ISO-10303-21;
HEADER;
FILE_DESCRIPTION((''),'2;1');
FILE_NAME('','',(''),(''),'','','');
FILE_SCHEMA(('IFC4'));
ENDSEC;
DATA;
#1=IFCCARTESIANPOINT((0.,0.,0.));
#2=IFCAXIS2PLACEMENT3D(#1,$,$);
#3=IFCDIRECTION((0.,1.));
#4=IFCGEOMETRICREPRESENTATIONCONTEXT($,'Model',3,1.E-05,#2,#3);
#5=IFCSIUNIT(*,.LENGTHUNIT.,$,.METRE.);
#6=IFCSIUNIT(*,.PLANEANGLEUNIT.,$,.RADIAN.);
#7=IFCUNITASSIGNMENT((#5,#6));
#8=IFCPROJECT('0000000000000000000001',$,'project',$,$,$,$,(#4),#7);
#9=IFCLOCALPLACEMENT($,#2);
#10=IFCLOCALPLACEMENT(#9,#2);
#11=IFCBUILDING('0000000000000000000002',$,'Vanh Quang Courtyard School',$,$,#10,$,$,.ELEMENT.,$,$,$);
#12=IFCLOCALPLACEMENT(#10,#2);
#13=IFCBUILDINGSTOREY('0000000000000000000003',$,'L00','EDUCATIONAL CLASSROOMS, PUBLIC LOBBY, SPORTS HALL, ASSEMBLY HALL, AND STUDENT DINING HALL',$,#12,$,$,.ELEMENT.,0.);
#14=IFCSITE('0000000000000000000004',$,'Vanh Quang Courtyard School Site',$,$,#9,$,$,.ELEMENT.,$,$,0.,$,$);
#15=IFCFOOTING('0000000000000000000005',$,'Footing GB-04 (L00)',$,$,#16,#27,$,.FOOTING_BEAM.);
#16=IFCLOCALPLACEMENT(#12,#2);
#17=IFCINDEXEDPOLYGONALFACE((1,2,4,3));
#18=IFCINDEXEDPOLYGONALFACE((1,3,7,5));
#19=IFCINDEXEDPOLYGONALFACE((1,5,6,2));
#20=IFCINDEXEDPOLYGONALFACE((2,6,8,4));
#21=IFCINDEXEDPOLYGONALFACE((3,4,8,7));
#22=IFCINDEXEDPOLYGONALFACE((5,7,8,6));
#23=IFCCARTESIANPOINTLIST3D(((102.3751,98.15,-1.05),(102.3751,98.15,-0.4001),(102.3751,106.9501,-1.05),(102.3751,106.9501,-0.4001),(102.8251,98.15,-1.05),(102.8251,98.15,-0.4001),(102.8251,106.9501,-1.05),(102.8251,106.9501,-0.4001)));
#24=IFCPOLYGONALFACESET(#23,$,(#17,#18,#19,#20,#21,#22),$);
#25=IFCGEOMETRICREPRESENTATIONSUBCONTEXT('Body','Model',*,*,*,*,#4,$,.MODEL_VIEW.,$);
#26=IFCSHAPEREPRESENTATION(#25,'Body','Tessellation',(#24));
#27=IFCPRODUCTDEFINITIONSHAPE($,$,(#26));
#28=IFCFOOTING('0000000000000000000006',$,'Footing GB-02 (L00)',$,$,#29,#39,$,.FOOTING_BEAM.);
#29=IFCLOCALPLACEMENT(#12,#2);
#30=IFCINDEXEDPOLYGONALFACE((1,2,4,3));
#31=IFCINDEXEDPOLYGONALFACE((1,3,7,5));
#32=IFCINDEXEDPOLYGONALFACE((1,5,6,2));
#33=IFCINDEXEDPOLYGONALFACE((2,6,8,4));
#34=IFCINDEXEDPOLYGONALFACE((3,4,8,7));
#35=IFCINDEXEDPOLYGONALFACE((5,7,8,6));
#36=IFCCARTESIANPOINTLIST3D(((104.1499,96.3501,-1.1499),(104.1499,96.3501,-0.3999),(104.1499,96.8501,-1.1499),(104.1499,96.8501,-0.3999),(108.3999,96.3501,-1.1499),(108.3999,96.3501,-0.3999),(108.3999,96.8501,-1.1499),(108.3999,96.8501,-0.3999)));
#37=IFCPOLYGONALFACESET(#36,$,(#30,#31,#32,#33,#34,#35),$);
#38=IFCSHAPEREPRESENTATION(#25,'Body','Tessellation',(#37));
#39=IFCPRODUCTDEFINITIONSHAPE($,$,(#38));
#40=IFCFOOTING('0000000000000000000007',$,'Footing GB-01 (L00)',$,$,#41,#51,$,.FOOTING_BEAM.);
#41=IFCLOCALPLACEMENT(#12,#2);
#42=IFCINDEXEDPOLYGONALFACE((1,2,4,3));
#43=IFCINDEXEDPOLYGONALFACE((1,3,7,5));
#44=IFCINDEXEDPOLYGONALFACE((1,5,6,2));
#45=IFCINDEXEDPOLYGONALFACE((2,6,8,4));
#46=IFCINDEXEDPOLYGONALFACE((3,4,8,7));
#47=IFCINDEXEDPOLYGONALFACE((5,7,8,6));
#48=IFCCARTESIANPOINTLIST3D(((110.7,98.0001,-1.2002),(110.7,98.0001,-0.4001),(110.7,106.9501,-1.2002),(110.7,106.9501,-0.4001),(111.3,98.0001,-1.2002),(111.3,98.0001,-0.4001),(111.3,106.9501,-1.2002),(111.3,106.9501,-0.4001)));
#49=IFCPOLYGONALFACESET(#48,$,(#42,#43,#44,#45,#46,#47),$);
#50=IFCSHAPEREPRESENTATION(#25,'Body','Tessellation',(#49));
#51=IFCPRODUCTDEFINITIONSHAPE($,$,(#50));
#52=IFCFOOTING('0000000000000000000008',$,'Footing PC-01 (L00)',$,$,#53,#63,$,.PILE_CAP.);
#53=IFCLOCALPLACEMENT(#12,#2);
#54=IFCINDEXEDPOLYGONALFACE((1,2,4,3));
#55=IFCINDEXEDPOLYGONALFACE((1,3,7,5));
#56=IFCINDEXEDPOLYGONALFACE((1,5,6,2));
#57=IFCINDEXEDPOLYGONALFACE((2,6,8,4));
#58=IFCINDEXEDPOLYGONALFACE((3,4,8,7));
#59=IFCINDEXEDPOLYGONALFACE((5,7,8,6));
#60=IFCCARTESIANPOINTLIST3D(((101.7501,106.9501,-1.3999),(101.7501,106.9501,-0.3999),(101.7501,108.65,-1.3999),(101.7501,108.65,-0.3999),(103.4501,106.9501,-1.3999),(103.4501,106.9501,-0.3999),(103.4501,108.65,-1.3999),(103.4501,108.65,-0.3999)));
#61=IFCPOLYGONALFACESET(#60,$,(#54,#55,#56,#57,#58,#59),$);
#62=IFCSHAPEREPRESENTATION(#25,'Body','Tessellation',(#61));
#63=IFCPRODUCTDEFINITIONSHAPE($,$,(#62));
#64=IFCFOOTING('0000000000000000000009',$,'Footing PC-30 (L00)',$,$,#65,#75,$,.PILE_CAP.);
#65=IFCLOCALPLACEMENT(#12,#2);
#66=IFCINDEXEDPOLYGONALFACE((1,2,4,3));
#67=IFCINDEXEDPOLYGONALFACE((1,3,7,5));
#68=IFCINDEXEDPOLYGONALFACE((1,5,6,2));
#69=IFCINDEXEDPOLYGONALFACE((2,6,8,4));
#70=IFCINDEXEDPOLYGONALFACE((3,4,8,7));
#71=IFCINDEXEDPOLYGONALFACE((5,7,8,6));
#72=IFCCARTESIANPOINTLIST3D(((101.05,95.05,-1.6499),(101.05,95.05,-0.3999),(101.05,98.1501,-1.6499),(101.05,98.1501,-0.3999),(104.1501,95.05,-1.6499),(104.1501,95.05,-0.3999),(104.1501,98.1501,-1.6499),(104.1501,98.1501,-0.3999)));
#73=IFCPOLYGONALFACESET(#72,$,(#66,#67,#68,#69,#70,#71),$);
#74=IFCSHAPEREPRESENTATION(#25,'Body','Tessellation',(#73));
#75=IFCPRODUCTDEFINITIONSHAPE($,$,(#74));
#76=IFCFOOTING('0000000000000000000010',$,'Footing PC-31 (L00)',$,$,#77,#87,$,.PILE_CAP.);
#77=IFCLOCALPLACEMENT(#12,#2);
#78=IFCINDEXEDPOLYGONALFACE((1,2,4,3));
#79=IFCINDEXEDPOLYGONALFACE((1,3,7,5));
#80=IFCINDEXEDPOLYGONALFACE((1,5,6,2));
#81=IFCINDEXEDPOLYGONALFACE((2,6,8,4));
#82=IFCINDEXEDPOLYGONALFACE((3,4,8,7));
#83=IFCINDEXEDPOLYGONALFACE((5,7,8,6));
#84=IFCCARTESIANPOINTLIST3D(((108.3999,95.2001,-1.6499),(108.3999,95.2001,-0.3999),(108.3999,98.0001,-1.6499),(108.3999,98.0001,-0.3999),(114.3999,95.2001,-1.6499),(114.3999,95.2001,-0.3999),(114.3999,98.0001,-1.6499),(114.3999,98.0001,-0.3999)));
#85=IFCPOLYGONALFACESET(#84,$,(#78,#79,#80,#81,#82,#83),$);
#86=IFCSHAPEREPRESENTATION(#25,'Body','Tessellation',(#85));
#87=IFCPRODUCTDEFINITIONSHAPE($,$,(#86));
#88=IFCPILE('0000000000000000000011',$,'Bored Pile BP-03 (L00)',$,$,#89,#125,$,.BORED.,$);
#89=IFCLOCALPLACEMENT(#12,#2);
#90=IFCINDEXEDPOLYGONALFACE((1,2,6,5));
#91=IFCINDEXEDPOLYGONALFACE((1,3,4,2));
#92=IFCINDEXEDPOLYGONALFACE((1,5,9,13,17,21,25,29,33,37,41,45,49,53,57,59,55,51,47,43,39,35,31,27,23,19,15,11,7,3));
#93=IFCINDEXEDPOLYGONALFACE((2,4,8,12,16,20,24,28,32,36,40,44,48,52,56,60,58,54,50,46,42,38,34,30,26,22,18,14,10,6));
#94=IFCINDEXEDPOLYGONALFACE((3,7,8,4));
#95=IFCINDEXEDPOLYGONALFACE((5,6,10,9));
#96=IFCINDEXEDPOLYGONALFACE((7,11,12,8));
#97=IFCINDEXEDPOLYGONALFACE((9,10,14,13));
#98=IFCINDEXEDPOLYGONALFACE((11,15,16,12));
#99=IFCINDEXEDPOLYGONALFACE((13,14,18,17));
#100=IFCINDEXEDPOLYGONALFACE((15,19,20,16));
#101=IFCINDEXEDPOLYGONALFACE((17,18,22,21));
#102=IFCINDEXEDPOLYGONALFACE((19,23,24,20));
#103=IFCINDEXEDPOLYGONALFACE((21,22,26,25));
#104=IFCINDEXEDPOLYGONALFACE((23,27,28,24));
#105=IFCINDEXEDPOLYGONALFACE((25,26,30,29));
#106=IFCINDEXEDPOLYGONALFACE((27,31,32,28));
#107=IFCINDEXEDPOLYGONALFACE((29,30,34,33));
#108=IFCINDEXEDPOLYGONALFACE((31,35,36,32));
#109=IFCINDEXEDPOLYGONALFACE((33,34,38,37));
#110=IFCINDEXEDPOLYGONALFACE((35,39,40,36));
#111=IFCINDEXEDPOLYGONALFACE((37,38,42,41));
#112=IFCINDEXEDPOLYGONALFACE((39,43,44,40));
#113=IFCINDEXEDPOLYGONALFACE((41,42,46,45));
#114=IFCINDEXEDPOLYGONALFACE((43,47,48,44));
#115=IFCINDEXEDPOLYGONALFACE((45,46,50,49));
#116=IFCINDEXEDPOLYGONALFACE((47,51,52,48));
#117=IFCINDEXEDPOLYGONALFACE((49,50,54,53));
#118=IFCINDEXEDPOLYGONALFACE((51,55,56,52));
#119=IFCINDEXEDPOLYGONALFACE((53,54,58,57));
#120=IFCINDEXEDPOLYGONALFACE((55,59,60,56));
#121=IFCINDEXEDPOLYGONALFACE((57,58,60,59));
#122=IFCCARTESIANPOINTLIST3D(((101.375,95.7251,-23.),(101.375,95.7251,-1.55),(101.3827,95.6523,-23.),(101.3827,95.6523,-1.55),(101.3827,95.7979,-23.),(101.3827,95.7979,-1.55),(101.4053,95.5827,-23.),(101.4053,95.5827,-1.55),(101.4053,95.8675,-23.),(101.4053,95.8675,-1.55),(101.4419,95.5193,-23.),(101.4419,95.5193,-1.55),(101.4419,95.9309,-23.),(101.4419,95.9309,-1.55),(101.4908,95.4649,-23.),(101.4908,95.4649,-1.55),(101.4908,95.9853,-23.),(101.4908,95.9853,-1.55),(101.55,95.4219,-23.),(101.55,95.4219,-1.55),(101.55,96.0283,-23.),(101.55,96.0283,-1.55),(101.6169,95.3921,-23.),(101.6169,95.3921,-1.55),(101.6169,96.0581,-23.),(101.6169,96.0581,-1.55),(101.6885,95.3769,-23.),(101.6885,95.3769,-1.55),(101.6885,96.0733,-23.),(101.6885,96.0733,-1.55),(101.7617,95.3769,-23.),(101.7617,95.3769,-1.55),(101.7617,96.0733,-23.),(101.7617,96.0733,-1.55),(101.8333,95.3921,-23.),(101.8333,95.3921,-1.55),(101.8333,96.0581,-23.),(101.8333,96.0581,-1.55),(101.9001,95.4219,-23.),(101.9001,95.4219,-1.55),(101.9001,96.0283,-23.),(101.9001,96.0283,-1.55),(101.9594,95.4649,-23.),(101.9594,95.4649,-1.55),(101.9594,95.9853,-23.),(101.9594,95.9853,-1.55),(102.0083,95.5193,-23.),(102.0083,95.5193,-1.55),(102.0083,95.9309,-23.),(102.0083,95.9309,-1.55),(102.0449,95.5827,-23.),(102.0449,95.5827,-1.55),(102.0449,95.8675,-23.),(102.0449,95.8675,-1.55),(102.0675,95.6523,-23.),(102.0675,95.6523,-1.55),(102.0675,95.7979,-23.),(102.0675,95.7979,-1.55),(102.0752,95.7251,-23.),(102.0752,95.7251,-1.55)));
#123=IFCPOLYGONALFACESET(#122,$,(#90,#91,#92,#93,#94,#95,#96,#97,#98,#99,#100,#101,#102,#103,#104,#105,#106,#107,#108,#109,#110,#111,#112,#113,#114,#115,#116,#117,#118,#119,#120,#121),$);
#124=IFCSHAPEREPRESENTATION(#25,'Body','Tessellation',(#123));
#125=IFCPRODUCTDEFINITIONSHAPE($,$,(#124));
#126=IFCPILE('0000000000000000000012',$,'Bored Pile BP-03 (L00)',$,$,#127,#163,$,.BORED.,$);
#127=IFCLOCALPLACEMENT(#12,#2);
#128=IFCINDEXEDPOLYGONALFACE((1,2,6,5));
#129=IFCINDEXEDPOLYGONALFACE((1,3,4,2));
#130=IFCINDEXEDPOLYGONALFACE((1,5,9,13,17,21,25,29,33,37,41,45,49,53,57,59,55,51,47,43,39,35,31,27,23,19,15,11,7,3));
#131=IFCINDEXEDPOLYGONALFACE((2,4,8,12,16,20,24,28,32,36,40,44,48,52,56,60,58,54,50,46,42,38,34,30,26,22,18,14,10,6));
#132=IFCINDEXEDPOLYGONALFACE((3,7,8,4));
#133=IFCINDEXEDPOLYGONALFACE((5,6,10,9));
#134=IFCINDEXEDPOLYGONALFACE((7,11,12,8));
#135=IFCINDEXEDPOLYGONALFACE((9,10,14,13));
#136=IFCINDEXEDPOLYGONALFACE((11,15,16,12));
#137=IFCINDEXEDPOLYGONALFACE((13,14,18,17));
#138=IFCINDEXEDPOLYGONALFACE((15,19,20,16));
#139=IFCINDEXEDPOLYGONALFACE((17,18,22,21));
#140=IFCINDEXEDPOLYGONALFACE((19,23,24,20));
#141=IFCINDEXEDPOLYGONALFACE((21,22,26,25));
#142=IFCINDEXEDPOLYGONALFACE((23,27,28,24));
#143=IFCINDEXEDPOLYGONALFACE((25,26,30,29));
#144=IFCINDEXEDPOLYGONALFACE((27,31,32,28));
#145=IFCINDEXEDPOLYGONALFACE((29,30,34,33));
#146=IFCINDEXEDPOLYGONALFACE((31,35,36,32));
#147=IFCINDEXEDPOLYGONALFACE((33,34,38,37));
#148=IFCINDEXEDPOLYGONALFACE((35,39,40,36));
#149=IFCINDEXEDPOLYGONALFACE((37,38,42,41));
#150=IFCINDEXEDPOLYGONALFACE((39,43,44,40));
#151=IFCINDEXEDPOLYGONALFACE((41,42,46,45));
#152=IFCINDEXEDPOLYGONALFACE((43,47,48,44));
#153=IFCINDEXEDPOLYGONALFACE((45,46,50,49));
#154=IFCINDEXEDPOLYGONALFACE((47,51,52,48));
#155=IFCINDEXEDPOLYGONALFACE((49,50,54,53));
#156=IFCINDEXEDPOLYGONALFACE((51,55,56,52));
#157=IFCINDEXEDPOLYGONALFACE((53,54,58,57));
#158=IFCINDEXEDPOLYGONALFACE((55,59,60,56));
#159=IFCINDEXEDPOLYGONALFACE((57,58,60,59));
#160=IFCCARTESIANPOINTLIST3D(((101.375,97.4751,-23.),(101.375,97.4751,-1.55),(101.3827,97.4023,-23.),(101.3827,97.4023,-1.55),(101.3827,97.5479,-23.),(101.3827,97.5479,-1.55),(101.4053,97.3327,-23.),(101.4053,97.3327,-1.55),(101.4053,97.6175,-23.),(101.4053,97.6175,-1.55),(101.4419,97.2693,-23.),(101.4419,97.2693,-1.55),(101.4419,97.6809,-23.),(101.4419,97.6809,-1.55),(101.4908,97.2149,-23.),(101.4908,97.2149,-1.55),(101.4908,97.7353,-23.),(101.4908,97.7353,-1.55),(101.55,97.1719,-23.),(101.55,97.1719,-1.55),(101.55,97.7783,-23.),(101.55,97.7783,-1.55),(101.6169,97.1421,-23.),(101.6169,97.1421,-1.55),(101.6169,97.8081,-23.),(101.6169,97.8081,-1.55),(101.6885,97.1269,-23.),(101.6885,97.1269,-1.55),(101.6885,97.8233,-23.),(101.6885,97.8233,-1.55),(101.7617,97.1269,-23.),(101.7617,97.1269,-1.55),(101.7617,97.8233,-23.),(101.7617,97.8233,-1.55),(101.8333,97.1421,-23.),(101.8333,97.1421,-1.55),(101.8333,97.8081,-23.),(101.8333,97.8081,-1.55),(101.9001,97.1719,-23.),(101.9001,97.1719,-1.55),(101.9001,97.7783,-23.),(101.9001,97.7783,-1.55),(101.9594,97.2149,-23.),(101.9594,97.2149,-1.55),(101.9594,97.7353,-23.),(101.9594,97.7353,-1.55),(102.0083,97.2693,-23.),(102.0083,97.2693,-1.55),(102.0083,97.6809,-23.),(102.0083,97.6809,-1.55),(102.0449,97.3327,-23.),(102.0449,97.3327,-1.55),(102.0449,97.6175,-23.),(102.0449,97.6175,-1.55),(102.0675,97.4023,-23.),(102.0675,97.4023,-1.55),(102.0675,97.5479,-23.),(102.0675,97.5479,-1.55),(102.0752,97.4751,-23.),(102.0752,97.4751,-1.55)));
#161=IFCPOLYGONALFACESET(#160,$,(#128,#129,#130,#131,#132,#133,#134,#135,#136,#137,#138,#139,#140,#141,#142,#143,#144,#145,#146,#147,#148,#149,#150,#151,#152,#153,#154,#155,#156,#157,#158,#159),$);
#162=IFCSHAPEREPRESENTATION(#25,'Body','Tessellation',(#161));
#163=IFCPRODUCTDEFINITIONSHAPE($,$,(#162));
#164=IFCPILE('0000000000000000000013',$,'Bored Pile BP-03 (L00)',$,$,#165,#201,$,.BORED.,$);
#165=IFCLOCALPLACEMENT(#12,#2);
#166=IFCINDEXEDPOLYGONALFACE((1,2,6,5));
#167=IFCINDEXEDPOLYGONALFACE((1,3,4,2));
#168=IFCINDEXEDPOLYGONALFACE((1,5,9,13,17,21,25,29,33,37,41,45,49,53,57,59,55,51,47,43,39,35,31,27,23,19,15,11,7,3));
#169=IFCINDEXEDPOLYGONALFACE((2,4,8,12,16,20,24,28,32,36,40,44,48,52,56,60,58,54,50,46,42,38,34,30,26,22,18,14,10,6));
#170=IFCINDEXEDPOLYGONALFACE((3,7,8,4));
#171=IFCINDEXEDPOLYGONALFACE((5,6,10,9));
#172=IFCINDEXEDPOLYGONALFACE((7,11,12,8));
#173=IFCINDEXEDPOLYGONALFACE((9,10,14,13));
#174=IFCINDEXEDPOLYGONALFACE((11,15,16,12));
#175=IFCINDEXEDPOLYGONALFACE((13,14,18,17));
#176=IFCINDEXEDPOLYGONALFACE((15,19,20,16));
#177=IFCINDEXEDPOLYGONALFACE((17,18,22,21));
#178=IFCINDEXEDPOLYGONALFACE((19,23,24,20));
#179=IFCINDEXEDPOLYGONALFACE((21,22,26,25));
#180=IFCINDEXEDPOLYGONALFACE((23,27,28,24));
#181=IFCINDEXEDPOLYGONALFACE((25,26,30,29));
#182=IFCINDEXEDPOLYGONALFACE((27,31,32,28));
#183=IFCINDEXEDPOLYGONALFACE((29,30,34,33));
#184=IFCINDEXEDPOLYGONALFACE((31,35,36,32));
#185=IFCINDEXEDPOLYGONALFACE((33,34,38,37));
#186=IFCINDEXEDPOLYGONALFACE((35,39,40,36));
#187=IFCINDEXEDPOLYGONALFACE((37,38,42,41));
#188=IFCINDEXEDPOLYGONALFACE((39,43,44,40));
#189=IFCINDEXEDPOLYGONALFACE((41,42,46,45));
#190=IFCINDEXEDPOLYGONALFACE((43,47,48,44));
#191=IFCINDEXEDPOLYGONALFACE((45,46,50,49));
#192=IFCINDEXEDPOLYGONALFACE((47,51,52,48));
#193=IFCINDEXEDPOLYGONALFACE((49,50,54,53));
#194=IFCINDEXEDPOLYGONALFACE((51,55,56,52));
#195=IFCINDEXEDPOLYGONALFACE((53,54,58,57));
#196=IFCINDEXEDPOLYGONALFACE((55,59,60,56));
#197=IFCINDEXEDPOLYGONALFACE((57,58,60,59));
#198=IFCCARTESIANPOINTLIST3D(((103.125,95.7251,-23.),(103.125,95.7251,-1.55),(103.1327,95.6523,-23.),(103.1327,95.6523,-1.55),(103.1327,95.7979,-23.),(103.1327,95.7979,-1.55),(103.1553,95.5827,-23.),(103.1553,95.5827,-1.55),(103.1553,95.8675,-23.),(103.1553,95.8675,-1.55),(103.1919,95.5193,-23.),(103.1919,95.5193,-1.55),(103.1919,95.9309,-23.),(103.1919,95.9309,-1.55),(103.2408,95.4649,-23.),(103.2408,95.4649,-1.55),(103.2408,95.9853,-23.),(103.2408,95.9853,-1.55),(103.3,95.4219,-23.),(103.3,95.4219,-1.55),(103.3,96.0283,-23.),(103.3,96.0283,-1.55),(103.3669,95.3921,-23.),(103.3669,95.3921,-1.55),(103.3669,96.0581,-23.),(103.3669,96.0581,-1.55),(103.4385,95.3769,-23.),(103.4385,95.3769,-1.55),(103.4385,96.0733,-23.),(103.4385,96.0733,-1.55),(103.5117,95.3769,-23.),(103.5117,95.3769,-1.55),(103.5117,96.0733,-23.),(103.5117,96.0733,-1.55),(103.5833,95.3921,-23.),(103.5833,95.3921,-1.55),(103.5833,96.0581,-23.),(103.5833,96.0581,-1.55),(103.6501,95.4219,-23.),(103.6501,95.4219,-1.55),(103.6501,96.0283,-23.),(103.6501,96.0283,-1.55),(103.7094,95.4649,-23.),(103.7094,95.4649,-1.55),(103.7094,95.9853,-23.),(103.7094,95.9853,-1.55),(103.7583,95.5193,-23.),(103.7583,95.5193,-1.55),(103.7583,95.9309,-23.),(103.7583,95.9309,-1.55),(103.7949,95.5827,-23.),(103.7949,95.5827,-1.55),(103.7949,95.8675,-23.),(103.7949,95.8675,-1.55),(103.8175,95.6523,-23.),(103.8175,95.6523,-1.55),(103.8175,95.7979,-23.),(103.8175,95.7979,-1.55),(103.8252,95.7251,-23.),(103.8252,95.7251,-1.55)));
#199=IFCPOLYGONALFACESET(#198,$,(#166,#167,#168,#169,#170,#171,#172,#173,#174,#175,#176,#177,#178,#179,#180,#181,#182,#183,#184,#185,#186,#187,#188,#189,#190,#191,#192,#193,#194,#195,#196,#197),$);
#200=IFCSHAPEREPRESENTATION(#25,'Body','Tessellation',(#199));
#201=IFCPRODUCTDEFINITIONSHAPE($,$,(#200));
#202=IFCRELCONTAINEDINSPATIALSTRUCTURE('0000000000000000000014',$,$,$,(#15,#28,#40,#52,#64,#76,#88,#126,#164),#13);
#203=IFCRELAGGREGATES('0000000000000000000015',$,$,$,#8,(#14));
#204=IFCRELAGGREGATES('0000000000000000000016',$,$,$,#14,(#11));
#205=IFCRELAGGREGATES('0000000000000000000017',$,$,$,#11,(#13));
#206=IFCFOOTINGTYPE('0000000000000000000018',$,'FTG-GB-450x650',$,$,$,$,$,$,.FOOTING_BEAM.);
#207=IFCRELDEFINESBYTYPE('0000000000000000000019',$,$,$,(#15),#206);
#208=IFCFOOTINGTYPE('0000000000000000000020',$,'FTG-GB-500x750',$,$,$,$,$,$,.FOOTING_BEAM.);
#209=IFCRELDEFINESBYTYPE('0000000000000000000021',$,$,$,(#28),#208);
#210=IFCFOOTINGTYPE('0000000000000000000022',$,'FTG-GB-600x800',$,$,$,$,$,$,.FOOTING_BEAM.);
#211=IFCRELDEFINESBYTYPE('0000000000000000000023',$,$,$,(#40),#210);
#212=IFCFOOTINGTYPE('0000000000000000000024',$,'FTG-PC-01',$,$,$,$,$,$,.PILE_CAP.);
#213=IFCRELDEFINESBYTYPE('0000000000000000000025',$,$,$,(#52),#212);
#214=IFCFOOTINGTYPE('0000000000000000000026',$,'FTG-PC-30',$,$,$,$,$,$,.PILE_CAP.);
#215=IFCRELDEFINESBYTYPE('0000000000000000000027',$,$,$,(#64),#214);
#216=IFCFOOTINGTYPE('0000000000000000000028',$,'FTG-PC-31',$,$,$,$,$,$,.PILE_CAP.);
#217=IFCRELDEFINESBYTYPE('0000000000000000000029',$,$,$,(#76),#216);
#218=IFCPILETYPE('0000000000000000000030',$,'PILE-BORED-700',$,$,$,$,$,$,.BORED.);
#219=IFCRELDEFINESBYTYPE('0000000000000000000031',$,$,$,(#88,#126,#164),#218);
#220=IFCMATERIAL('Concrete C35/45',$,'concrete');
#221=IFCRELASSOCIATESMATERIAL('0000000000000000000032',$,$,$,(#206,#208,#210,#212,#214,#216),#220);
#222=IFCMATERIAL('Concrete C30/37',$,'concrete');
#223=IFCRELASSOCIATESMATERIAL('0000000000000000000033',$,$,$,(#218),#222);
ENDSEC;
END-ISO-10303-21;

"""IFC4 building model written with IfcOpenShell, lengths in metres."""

from ifc_helpers import new_model, si_unit, direction, frame, origin, origin_2d, place, context, subcontext, project, spatial, rectangle, circle, extrude, material, material_profile, profile_set, type_object, element, save


model = new_model("IFC4")

# Units and contexts
model_context = context("Model", 3, precision=1e-05, world=origin(), true_north=direction((0.0, 1.0)))
body_context = subcontext(model_context, "Body", "Model", "MODEL_VIEW")
ifc_project = project(units=[si_unit("LENGTHUNIT", "METRE"), si_unit("PLANEANGLEUNIT", "RADIAN")], contexts=[model_context])

# Site, building, storey
site_placement = place(None, origin())
site = spatial("IfcSite", under=ifc_project, at=site_placement, Name="Vanh Quang Courtyard School Site", CompositionType="ELEMENT", RefElevation=0.0)
building_placement = place(site_placement, origin())
building = spatial("IfcBuilding", under=site, at=building_placement, Name="Vanh Quang Courtyard School", CompositionType="ELEMENT")
storey_placement = place(building_placement, origin())
storey = spatial("IfcBuildingStorey", under=building, at=storey_placement, Name="L00", Description="EDUCATIONAL CLASSROOMS, PUBLIC LOBBY, SPORTS HALL, ASSEMBLY HALL, AND STUDENT DINING HALL", CompositionType="ELEMENT", Elevation=0.0)

# Footings
ifc_material_1 = material(Name="Concrete C35/45", Category="concrete")
footing_type_1 = type_object("IfcFootingType", Name="FTG-GB-450x650", PredefinedType="FOOTING_BEAM", material=ifc_material_1)
footing_1_placement = place(storey_placement, frame((102.6001, 102.55, -1.05), z_axis=(0.0, 0.0, 1.0), x_axis=(0.0, 1.0, 0.0)))
element("IfcFooting", 1, at=footing_1_placement, inside=storey, type_object=footing_type_1, Name="Footing GB-04 (L00)", PredefinedType="FOOTING_BEAM", context=body_context, shape_type="SweptSolid", body=[
    extrude(rectangle(XDim=8.8, YDim=0.45, at=origin_2d()), origin(), (0.0, 0.0, 1.0), 0.6499),
])
footing_type_2 = type_object("IfcFootingType", Name="FTG-GB-500x750", PredefinedType="FOOTING_BEAM", material=ifc_material_1)
footing_2_placement = place(storey_placement, frame((106.2749, 96.6001, -1.1499), z_axis=(0.0, 0.0, 1.0), x_axis=(1.0, 0.0, 0.0)))
element("IfcFooting", 2, at=footing_2_placement, inside=storey, type_object=footing_type_2, Name="Footing GB-02 (L00)", PredefinedType="FOOTING_BEAM", context=body_context, shape_type="SweptSolid", body=[
    extrude(rectangle(XDim=4.25, YDim=0.5, at=origin_2d()), origin(), (0.0, 0.0, 1.0), 0.75),
])
footing_type_3 = type_object("IfcFootingType", Name="FTG-GB-600x800", PredefinedType="FOOTING_BEAM", material=ifc_material_1)
footing_3_placement = place(storey_placement, frame((111.0, 102.4751, -1.2002), z_axis=(0.0, 0.0, 1.0), x_axis=(0.0, 1.0, 0.0)))
element("IfcFooting", 3, at=footing_3_placement, inside=storey, type_object=footing_type_3, Name="Footing GB-01 (L00)", PredefinedType="FOOTING_BEAM", context=body_context, shape_type="SweptSolid", body=[
    extrude(rectangle(XDim=8.95, YDim=0.6001, at=origin_2d()), origin(), (0.0, 0.0, 1.0), 0.8),
])
footing_type_4 = type_object("IfcFootingType", Name="FTG-PC-01", PredefinedType="PILE_CAP", material=ifc_material_1)
footing_4_placement = place(storey_placement, frame((102.6001, 107.8, -1.3999), z_axis=(0.0, 0.0, 1.0), x_axis=(1.0, 0.0, 0.0)))
element("IfcFooting", 4, at=footing_4_placement, inside=storey, type_object=footing_type_4, Name="Footing PC-01 (L00)", PredefinedType="PILE_CAP", context=body_context, shape_type="SweptSolid", body=[
    extrude(rectangle(XDim=1.7, YDim=1.7, at=origin_2d()), origin(), (0.0, 0.0, 1.0), 1.0),
])
footing_type_5 = type_object("IfcFootingType", Name="FTG-PC-30", PredefinedType="PILE_CAP", material=ifc_material_1)
footing_5_placement = place(storey_placement, frame((102.6001, 96.6001, -1.6499), z_axis=(0.0, 0.0, 1.0), x_axis=(1.0, 0.0, 0.0)))
element("IfcFooting", 5, at=footing_5_placement, inside=storey, type_object=footing_type_5, Name="Footing PC-30 (L00)", PredefinedType="PILE_CAP", context=body_context, shape_type="SweptSolid", body=[
    extrude(rectangle(XDim=3.1001, YDim=3.1001, at=origin_2d()), origin(), (0.0, 0.0, 1.0), 1.25),
])
footing_type_6 = type_object("IfcFootingType", Name="FTG-PC-31", PredefinedType="PILE_CAP", material=ifc_material_1)
footing_6_placement = place(storey_placement, frame((111.3999, 96.6001, -1.6499), z_axis=(0.0, 0.0, 1.0), x_axis=(1.0, 0.0, 0.0)))
element("IfcFooting", 6, at=footing_6_placement, inside=storey, type_object=footing_type_6, Name="Footing PC-31 (L00)", PredefinedType="PILE_CAP", context=body_context, shape_type="SweptSolid", body=[
    extrude(rectangle(XDim=6.0, YDim=2.8, at=origin_2d()), origin(), (0.0, 0.0, 1.0), 1.25),
])

# Piles
ifc_material_2 = material(Name="Concrete C30/37", Category="concrete")
ifc_material_profile_1 = material_profile(ifc_material_2, circle(Radius=0.3501, at=origin_2d()), Name="PILE D700")
ifc_profile_set_1 = profile_set([ifc_material_profile_1], Name="Concrete C30/37")
pile_type = type_object("IfcPileType", Name="PILE-BORED-700", PredefinedType="BORED", material=ifc_profile_set_1)
for number, where, z_axis, x_axis, name in (
    (7, (101.7251, 95.7251, -1.55), (0.0, 0.0, -1.0), (1.0, 0.0, 0.0), "Bored Pile BP-03 (L00)"),
    (8, (101.7251, 97.4751, -1.55), (0.0, 0.0, -1.0), (1.0, 0.0, 0.0), "Bored Pile BP-03 (L00)"),
    (9, (103.4751, 95.7251, -1.55), (0.0, 0.0, -1.0), (1.0, 0.0, 0.0), "Bored Pile BP-03 (L00)"),
):
    element("IfcPile", number, at=place(storey_placement, frame(where, z_axis=z_axis, x_axis=x_axis)), inside=storey, type_object=pile_type, Name=name, PredefinedType="BORED", context=body_context, shape_type="SweptSolid", body=[
        extrude(circle(Radius=0.3501, at=origin_2d()), origin(), (0.0, 0.0, 1.0), 21.45),
    ])

save(model, "model.ifc")
